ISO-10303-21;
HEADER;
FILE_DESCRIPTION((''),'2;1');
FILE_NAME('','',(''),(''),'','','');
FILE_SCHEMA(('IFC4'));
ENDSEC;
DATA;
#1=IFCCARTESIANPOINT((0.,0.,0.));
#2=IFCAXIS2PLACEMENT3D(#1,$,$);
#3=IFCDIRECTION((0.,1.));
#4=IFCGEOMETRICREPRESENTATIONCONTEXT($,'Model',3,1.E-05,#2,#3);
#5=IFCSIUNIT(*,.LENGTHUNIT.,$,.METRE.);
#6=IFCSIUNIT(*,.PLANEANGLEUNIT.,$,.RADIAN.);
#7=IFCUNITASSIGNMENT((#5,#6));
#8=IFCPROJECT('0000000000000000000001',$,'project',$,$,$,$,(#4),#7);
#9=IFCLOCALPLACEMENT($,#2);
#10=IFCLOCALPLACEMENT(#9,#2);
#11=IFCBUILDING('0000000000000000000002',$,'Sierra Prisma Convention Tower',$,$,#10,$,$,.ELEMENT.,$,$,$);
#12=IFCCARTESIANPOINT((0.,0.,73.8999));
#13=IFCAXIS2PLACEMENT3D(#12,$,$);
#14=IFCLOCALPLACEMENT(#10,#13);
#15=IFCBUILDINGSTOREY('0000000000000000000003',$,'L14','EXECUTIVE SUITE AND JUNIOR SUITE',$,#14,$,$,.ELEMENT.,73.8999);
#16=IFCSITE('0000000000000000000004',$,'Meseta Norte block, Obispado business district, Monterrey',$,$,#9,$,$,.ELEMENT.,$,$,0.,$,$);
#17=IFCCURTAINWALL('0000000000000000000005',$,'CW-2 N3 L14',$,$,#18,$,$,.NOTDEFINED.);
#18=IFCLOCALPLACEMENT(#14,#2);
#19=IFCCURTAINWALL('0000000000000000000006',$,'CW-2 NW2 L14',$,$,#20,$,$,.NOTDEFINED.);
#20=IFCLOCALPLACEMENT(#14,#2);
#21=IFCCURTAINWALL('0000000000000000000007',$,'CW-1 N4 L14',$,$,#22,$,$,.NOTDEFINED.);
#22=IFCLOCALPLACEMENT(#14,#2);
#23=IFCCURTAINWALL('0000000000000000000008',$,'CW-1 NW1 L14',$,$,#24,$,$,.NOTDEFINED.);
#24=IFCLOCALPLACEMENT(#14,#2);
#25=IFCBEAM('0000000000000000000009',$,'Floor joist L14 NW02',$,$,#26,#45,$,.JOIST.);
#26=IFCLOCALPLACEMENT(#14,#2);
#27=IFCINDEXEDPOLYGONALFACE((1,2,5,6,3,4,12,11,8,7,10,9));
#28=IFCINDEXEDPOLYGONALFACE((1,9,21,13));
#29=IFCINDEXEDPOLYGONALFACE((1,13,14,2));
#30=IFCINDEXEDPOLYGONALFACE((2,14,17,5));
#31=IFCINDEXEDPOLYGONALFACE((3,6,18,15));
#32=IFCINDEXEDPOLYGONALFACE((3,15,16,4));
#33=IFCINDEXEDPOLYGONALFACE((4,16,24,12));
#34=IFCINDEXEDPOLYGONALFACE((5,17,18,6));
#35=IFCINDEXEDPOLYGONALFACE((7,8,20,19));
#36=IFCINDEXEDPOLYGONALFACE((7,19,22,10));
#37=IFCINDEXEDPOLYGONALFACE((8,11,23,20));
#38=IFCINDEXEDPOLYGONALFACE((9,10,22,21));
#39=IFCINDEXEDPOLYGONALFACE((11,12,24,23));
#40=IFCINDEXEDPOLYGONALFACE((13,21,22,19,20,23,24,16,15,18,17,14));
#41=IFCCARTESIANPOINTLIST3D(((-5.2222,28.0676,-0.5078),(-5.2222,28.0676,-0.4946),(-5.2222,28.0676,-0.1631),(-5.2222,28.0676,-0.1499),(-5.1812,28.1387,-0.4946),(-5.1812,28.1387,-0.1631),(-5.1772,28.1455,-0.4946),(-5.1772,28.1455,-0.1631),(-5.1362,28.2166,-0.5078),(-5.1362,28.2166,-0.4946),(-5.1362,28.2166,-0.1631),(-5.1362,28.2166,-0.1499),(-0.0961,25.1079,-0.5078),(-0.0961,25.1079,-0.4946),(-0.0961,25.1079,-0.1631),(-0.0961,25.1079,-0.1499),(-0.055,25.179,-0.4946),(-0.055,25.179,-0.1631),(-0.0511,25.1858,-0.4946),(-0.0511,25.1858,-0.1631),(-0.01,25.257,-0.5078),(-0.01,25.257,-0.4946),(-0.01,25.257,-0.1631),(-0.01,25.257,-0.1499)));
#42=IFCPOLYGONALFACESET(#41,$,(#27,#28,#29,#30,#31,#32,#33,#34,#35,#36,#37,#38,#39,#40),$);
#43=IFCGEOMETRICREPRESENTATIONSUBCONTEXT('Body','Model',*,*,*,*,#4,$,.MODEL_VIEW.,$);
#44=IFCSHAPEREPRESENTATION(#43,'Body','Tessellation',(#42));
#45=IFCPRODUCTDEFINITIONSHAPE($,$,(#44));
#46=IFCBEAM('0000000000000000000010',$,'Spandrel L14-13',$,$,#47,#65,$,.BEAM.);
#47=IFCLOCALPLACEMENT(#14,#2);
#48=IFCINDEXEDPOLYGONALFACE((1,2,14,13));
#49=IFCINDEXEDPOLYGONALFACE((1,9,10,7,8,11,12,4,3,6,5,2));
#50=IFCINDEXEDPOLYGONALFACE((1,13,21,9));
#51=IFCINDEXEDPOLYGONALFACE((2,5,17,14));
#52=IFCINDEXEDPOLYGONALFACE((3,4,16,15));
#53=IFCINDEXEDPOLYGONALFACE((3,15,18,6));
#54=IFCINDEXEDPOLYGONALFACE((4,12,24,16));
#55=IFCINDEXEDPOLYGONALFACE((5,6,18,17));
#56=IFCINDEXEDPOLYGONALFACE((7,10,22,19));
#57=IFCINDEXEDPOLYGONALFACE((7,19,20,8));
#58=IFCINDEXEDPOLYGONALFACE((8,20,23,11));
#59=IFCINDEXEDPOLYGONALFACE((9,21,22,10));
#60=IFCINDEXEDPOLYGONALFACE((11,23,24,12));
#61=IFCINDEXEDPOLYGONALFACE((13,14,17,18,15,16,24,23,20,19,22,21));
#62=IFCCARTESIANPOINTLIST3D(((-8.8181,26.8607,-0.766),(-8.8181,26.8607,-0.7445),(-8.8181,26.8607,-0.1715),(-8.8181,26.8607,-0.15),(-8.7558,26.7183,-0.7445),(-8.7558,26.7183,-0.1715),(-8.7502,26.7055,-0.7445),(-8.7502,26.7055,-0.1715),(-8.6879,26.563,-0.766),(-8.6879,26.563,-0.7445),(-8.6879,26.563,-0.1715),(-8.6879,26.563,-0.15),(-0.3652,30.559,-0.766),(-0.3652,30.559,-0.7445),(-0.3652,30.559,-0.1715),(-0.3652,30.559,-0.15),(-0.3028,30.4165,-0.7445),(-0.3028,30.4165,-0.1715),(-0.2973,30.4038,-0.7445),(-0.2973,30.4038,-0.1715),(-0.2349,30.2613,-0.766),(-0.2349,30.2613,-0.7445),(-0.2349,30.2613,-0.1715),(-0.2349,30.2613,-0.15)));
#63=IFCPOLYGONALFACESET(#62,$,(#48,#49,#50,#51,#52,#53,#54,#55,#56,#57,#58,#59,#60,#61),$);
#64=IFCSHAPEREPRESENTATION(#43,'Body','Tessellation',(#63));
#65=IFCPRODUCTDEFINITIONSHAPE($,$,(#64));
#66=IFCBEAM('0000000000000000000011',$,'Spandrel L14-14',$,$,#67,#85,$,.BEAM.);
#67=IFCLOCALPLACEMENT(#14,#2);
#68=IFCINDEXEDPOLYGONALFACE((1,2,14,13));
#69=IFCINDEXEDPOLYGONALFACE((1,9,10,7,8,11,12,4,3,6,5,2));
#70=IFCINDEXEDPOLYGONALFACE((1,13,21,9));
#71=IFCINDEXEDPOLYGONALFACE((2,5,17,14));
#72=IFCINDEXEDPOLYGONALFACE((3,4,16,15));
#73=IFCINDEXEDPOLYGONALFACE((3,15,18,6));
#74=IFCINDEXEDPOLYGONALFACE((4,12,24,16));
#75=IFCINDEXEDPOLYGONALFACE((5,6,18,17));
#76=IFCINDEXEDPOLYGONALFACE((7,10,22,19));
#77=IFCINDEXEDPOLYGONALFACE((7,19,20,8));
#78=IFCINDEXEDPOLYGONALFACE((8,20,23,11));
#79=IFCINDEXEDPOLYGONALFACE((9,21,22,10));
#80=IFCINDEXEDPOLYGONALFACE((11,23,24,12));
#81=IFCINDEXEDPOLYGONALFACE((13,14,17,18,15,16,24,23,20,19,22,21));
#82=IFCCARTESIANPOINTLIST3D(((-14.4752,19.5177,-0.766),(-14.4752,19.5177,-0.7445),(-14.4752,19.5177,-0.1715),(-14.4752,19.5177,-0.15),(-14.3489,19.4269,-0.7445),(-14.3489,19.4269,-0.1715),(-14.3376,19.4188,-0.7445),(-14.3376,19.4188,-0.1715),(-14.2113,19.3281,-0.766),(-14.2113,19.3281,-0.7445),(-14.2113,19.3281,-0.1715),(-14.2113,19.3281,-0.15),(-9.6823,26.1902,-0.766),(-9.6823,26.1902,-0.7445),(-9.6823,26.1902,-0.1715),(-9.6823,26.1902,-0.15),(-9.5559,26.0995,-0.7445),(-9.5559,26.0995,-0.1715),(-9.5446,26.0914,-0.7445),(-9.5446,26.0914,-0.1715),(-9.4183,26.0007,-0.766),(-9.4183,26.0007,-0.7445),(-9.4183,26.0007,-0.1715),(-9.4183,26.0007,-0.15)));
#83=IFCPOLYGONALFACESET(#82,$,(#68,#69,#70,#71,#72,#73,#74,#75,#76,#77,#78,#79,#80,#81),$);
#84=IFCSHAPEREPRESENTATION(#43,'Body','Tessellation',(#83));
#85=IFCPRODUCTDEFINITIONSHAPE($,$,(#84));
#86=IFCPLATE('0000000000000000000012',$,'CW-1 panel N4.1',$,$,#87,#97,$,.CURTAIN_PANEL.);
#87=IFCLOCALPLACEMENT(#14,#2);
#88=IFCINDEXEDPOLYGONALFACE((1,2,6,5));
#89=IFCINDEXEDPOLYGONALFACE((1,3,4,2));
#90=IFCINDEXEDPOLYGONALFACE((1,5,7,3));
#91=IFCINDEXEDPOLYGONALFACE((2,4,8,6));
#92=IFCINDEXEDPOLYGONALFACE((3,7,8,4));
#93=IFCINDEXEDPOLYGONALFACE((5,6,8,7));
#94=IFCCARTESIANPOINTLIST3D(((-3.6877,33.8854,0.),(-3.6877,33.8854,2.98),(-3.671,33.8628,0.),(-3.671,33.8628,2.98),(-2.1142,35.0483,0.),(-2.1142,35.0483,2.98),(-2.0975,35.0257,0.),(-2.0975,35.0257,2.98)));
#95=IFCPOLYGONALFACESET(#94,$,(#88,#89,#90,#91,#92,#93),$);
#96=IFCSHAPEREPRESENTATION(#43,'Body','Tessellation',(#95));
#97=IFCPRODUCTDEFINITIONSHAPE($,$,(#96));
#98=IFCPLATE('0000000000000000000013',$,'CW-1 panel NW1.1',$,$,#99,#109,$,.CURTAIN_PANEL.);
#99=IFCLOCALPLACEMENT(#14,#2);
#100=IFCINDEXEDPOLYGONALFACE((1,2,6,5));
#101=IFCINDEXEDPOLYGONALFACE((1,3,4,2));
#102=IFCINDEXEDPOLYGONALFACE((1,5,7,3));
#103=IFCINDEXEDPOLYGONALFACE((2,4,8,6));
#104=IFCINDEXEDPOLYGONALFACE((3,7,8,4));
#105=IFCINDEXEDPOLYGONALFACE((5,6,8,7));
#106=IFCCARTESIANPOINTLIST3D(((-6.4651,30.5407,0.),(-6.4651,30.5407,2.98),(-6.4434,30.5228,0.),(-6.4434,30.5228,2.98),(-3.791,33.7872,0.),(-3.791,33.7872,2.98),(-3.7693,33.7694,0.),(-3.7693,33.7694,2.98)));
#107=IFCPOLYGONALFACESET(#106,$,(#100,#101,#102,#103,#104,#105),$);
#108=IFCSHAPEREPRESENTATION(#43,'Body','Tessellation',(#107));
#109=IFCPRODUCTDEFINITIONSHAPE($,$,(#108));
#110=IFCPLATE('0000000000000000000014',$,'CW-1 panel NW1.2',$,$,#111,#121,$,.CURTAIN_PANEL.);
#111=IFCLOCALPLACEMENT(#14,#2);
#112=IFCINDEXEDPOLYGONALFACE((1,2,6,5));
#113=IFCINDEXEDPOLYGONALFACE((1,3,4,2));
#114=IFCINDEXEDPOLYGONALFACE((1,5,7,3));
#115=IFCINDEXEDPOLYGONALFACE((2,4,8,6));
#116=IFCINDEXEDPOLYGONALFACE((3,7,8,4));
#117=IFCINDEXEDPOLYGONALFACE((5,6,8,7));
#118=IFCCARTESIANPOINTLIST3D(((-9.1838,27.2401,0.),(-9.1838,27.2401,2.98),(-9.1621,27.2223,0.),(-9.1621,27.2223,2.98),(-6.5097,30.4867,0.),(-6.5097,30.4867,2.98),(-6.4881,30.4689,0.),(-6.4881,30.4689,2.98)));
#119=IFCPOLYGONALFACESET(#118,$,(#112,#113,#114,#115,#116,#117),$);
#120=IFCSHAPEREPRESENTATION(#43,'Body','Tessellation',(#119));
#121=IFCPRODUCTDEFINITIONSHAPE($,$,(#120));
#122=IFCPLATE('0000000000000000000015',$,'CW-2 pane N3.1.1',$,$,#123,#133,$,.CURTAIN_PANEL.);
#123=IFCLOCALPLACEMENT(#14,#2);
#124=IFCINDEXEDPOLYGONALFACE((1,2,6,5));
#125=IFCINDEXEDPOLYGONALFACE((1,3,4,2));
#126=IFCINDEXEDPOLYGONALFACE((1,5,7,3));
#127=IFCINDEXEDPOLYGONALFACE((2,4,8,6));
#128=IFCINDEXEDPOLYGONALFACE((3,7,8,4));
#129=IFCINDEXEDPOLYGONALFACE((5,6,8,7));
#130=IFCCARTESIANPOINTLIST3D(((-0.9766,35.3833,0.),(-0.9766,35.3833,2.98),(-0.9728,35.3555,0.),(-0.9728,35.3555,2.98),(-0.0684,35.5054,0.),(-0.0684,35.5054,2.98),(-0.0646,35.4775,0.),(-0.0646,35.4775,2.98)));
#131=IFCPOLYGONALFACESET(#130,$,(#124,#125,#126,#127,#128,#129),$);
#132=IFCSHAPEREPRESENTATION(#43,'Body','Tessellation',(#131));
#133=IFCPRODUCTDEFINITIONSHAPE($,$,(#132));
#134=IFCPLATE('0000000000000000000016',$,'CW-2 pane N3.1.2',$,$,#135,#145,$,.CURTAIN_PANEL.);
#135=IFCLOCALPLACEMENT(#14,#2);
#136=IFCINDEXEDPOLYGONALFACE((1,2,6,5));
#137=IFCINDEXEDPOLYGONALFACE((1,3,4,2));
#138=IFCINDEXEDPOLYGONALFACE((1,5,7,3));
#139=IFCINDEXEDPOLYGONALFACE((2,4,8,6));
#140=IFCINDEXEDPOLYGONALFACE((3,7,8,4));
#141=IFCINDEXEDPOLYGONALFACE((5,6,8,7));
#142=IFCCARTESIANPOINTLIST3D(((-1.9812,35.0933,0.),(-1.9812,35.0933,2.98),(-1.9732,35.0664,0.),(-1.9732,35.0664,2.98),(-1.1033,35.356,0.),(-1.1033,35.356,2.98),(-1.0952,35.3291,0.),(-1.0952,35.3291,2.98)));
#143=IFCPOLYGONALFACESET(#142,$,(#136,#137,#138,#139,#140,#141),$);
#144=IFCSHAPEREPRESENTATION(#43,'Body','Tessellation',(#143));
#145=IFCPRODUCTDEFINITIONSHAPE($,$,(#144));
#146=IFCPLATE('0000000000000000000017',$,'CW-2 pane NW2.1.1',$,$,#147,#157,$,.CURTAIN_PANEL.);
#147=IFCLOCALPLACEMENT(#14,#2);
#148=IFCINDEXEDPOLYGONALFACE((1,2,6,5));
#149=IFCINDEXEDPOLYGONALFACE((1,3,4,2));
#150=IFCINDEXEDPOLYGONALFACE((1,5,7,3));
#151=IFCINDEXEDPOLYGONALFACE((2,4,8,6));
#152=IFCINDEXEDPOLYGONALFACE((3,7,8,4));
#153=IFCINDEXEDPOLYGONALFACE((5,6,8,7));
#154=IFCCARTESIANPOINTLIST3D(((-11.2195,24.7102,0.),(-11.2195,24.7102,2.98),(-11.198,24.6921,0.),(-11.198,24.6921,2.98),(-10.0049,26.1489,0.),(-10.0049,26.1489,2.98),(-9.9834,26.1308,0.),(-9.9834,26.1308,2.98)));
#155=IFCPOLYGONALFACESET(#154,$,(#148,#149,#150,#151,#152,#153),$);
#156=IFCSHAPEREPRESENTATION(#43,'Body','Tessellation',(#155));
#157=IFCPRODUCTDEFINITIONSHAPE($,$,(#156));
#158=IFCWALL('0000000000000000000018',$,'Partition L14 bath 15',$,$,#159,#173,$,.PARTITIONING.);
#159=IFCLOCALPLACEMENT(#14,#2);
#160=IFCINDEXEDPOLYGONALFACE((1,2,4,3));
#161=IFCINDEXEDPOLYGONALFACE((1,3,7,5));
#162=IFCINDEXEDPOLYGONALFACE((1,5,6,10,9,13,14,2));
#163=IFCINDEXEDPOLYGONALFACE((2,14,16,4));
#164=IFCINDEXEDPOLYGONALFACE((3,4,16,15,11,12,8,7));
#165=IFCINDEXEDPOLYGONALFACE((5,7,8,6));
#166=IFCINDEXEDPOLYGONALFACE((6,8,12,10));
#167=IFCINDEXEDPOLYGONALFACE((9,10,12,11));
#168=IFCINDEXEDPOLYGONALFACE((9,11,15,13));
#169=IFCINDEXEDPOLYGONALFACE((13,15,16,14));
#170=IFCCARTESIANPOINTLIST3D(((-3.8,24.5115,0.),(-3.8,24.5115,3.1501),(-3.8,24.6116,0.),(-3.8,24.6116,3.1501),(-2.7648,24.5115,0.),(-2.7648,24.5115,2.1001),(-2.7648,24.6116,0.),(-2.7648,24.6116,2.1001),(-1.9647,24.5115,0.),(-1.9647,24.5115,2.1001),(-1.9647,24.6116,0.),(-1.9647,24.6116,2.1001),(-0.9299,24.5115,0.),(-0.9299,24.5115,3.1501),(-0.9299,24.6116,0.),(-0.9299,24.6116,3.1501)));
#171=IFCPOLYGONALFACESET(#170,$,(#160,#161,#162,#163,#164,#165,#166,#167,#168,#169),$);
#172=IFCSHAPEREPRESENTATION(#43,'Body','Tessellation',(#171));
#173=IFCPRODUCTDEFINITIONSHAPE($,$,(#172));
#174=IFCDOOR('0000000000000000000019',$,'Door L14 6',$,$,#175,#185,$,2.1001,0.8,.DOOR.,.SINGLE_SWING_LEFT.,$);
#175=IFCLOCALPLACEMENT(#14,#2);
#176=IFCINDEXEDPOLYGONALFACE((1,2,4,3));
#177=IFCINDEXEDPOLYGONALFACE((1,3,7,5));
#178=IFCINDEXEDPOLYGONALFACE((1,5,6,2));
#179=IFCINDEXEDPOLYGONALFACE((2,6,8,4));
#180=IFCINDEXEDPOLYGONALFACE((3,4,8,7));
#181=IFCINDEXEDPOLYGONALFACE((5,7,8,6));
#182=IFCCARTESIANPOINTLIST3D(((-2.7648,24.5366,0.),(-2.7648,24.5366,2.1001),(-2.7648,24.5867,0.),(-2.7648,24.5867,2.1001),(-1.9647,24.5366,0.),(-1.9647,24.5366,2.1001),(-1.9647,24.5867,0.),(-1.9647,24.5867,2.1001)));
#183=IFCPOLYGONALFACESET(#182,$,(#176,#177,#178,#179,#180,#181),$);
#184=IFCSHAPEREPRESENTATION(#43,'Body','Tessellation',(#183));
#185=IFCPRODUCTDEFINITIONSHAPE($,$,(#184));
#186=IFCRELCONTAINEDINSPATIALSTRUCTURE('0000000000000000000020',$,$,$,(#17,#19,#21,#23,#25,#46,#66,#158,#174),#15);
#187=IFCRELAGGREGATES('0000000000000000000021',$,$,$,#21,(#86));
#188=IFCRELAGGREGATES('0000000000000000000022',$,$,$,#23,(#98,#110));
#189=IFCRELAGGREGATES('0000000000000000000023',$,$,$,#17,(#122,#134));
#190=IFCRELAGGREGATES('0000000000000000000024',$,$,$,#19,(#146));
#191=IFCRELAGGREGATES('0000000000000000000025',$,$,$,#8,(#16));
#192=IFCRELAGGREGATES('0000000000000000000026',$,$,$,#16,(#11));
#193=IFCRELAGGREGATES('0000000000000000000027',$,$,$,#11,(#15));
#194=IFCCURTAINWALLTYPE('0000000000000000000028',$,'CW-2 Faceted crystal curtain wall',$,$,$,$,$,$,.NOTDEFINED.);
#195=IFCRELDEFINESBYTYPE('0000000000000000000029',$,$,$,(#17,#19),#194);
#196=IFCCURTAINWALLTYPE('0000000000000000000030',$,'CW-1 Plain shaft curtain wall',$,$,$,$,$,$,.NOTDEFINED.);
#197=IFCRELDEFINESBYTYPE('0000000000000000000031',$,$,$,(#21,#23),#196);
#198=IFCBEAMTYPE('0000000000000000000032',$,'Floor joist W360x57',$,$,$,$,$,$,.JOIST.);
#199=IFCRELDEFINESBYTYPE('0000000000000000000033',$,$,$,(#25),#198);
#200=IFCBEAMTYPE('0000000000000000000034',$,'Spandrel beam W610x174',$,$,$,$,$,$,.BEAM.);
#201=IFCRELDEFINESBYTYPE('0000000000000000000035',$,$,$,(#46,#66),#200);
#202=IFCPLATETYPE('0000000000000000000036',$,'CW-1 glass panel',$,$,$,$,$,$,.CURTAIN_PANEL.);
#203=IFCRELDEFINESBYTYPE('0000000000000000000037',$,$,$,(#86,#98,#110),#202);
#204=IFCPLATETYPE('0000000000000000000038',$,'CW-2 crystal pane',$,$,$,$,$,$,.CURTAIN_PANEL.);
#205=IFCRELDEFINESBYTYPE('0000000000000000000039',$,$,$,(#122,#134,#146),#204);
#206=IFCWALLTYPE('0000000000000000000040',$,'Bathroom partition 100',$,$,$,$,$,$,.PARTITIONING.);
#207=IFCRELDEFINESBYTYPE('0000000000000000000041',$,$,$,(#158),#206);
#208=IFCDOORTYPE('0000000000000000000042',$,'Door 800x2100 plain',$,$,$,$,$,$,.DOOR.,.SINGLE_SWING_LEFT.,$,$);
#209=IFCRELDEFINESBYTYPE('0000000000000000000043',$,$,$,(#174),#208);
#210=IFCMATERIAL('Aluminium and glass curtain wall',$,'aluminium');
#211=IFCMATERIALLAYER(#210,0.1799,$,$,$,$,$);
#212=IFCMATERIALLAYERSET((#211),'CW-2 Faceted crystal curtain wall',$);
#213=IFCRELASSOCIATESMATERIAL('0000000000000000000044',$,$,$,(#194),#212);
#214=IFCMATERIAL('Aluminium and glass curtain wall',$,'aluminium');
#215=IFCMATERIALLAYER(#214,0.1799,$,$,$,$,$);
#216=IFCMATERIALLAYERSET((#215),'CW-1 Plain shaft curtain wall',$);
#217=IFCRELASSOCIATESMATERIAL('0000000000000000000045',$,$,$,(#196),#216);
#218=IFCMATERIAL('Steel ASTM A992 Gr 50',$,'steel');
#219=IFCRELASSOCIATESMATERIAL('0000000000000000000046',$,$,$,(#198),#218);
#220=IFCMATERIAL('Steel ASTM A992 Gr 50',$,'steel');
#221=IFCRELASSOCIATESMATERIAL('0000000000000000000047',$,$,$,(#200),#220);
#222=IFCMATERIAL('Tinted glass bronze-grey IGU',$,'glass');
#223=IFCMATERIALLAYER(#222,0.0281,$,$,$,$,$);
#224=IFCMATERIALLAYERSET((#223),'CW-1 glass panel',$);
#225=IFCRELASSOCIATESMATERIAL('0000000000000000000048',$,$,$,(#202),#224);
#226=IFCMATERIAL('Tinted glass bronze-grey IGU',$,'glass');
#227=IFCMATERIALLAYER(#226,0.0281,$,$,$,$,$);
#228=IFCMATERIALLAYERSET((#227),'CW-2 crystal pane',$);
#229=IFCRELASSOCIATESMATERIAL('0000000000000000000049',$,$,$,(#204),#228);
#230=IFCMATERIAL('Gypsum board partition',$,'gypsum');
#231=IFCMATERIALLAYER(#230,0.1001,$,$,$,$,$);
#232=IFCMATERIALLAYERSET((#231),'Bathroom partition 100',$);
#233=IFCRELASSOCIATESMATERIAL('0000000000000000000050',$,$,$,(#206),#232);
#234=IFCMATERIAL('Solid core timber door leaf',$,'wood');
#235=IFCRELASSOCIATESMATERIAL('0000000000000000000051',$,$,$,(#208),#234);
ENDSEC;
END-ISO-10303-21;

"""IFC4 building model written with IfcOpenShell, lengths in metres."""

from ifc_helpers import new_model, si_unit, direction, frame, frame_2d, origin, origin_2d, place, context, subcontext, project, spatial, polyline, rectangle, i_section, outline, extrude, material, layer, layer_set, material_profile, profile_set, type_object, element, fill, aggregate, save


model = new_model("IFC4")

# Units and contexts
model_context = context("Model", 3, precision=1e-05, world=origin(), true_north=direction((0.0, 1.0)))
body_context = subcontext(model_context, "Body", "Model", "MODEL_VIEW")
ifc_project = project(units=[si_unit("LENGTHUNIT", "METRE"), si_unit("PLANEANGLEUNIT", "RADIAN")], contexts=[model_context])

# Site, building, storey
site_placement = place(None, origin())
site = spatial("IfcSite", under=ifc_project, at=site_placement, Name="Meseta Norte block, Obispado business district, Monterrey", CompositionType="ELEMENT", RefElevation=0.0)
building_placement = place(site_placement, origin())
building = spatial("IfcBuilding", under=site, at=building_placement, Name="Sierra Prisma Convention Tower", CompositionType="ELEMENT")
storey_placement = place(building_placement, frame((0.0, 0.0, 73.8999)))
storey = spatial("IfcBuildingStorey", under=building, at=storey_placement, Name="L14", Description="EXECUTIVE SUITE AND JUNIOR SUITE", CompositionType="ELEMENT", Elevation=73.8999)

# Curtain walls
ifc_material_1 = material(Name="Aluminium and glass curtain wall", Category="aluminium")
ifc_layer_1 = layer(ifc_material_1, 0.1799)
ifc_layer_set_1 = layer_set([ifc_layer_1], Name="CW-2 Faceted crystal curtain wall")
curtain_wall_type_1 = type_object("IfcCurtainWallType", Name="CW-2 Faceted crystal curtain wall", PredefinedType="NOTDEFINED", material=ifc_layer_set_1)
curtain_wall_1_placement = place(storey_placement, origin())
curtain_wall_1 = element("IfcCurtainWall", 1, at=curtain_wall_1_placement, inside=storey, type_object=curtain_wall_type_1, Name="CW-2 N3 L14", PredefinedType="NOTDEFINED")
curtain_wall_2_placement = place(storey_placement, origin())
curtain_wall_2 = element("IfcCurtainWall", 2, at=curtain_wall_2_placement, inside=storey, type_object=curtain_wall_type_1, Name="CW-2 NW2 L14", PredefinedType="NOTDEFINED")

# Curtain wall
ifc_material_2 = material(Name="Aluminium and glass curtain wall", Category="aluminium")
ifc_layer_2 = layer(ifc_material_2, 0.1799)
ifc_layer_set_2 = layer_set([ifc_layer_2], Name="CW-1 Plain shaft curtain wall")
curtain_wall_type_2 = type_object("IfcCurtainWallType", Name="CW-1 Plain shaft curtain wall", PredefinedType="NOTDEFINED", material=ifc_layer_set_2)
curtain_wall_3_placement = place(storey_placement, origin())
curtain_wall_3 = element("IfcCurtainWall", 3, at=curtain_wall_3_placement, inside=storey, type_object=curtain_wall_type_2, Name="CW-1 N4 L14", PredefinedType="NOTDEFINED")

# Curtain wall
curtain_wall_4_placement = place(storey_placement, origin())
curtain_wall_4 = element("IfcCurtainWall", 4, at=curtain_wall_4_placement, inside=storey, type_object=curtain_wall_type_2, Name="CW-1 NW1 L14", PredefinedType="NOTDEFINED")

# Beams
ifc_material_3 = material(Name="Steel ASTM A992 Gr 50", Category="steel")
ifc_material_profile_1 = material_profile(ifc_material_3, i_section(OverallWidth=0.1721, OverallDepth=0.3579, WebThickness=0.0078, FlangeThickness=0.0132, at=origin_2d()), Name="W360x57")
ifc_profile_set_1 = profile_set([ifc_material_profile_1], Name="Steel ASTM A992 Gr 50")
beam_type_1 = type_object("IfcBeamType", Name="Floor joist W360x57", PredefinedType="JOIST", material=ifc_profile_set_1)
beam_1_placement = place(storey_placement, frame((-5.1792, 28.1421, -0.3289), z_axis=(0.866019, -0.500012, 0.0), x_axis=(0.500012, 0.866019, 0.0)))
element("IfcBeam", 5, at=beam_1_placement, inside=storey, type_object=beam_type_1, Name="Floor joist L14 NW02", PredefinedType="JOIST", context=body_context, shape_type="SweptSolid", body=[
    extrude(i_section(OverallWidth=0.1721, OverallDepth=0.3579, WebThickness=0.0078, FlangeThickness=0.0132, at=origin_2d()), origin(), (0.0, 0.0, 1.0), 5.9192),
])
ifc_material_4 = material(Name="Steel ASTM A992 Gr 50", Category="steel")
ifc_material_profile_2 = material_profile(ifc_material_4, i_section(OverallWidth=0.325, OverallDepth=0.616, WebThickness=0.0139, FlangeThickness=0.0215, at=origin_2d()), Name="W610x174")
ifc_profile_set_2 = profile_set([ifc_material_profile_2], Name="Steel ASTM A992 Gr 50")
beam_type_2 = type_object("IfcBeamType", Name="Spandrel beam W610x174", PredefinedType="BEAM", material=ifc_profile_set_2)
beam_2_placement = place(storey_placement, frame((-0.3, 30.4102, -0.458), z_axis=(-0.916153, -0.400829, 0.0), x_axis=(0.400829, -0.916153, 0.0)))
element("IfcBeam", 6, at=beam_2_placement, inside=storey, type_object=beam_type_2, Name="Spandrel L14-13", PredefinedType="BEAM", context=body_context, shape_type="SweptSolid", body=[
    extrude(i_section(OverallWidth=0.325, OverallDepth=0.616, WebThickness=0.0139, FlangeThickness=0.0215, at=origin_2d()), origin(), (0.0, 0.0, 1.0), 9.2266),
])
beam_3_placement = place(storey_placement, frame((-9.5503, 26.0955, -0.458), z_axis=(-0.583398, -0.812187, 0.0), x_axis=(0.812187, -0.583398, 0.0)))
element("IfcBeam", 7, at=beam_3_placement, inside=storey, type_object=beam_type_2, Name="Spandrel L14-14", PredefinedType="BEAM", context=body_context, shape_type="SweptSolid", body=[
    extrude(i_section(OverallWidth=0.325, OverallDepth=0.616, WebThickness=0.0139, FlangeThickness=0.0215, at=origin_2d()), origin(), (0.0, 0.0, 1.0), 8.2156),
])

# Plates
ifc_material_5 = material(Name="Tinted glass bronze-grey IGU", Category="glass")
ifc_layer_3 = layer(ifc_material_5, 0.0281)
ifc_layer_set_3 = layer_set([ifc_layer_3], Name="CW-1 glass panel")
plate_type_1 = type_object("IfcPlateType", Name="CW-1 glass panel", PredefinedType="CURTAIN_PANEL", material=ifc_layer_set_3)
plate_1_placement = place(storey_placement, frame((-2.8926, 34.4556, 0.0), z_axis=(0.0, 0.0, 1.0), x_axis=(-0.804207, -0.594349, 0.0)))
plate_1 = element("IfcPlate", 8, at=plate_1_placement, type_object=plate_type_1, Name="CW-1 panel N4.1", PredefinedType="CURTAIN_PANEL", context=body_context, shape_type="SweptSolid", body=[
    extrude(rectangle(XDim=1.9565, YDim=0.0281, at=origin_2d()), origin(), (0.0, 0.0, 1.0), 2.98),
])
aggregate(curtain_wall_3, [plate_1])
plate_2_placement = place(storey_placement, frame((-5.1172, 32.155, 0.0), z_axis=(0.0, 0.0, 1.0), x_axis=(-0.635768, -0.771881, 0.0)))
plate_2 = element("IfcPlate", 9, at=plate_2_placement, type_object=plate_type_1, Name="CW-1 panel NW1.1", PredefinedType="CURTAIN_PANEL", context=body_context, shape_type="SweptSolid", body=[
    extrude(rectangle(XDim=4.2061, YDim=0.0281, at=origin_2d()), origin(), (0.0, 0.0, 1.0), 2.98),
])
plate_3_placement = place(storey_placement, frame((-7.8359, 28.8545, 0.0), z_axis=(0.0, 0.0, 1.0), x_axis=(-0.635768, -0.771881, 0.0)))
plate_3 = element("IfcPlate", 10, at=plate_3_placement, type_object=plate_type_1, Name="CW-1 panel NW1.2", PredefinedType="CURTAIN_PANEL", context=body_context, shape_type="SweptSolid", body=[
    extrude(rectangle(XDim=4.2061, YDim=0.0281, at=origin_2d()), origin(), (0.0, 0.0, 1.0), 2.98),
])
aggregate(curtain_wall_4, [plate_2, plate_3])
ifc_material_6 = material(Name="Tinted glass bronze-grey IGU", Category="glass")
ifc_layer_4 = layer(ifc_material_6, 0.0281)
ifc_layer_set_4 = layer_set([ifc_layer_4], Name="CW-2 crystal pane")
plate_type_2 = type_object("IfcPlateType", Name="CW-2 crystal pane", PredefinedType="CURTAIN_PANEL", material=ifc_layer_set_4)
plate_4_placement = place(storey_placement, frame((-0.0684, 35.5054, 0.0), z_axis=(-0.133211, 0.991088, 0.0), x_axis=(-0.991088, -0.133211, 0.0)))
plate_4 = element("IfcPlate", 11, at=plate_4_placement, type_object=plate_type_2, Name="CW-2 pane N3.1.1", PredefinedType="CURTAIN_PANEL", context=body_context, shape_type="SweptSolid", body=[
    extrude(outline(polyline([(0.0, 0.0), (0.9164, 0.0), (0.9164, 2.98), (0.0, 2.98), (0.0, 0.0)])), origin(), (0.0, 0.0, -1.0), 0.0281),
])
plate_5_placement = place(storey_placement, frame((-1.9812, 35.0933, 0.0), z_axis=(-0.286663, 0.958031, 0.0), x_axis=(0.958031, 0.286663, 0.0)))
plate_5 = element("IfcPlate", 12, at=plate_5_placement, type_object=plate_type_2, Name="CW-2 pane N3.1.2", PredefinedType="CURTAIN_PANEL", context=body_context, shape_type="SweptSolid", body=[
    extrude(outline(polyline([(0.0, 0.0), (0.9164, 0.0), (0.9164, -2.98), (0.0, -2.98), (0.0, 0.0)])), origin(), (0.0, 0.0, -1.0), 0.0281),
])
aggregate(curtain_wall_1, [plate_4, plate_5])
plate_6_placement = place(storey_placement, frame((-10.0049, 26.1489, 0.0), z_axis=(-0.764114, 0.645082, 0.0), x_axis=(-0.645082, -0.764114, 0.0)))
plate_6 = element("IfcPlate", 13, at=plate_6_placement, type_object=plate_type_2, Name="CW-2 pane NW2.1.1", PredefinedType="CURTAIN_PANEL", context=body_context, shape_type="SweptSolid", body=[
    extrude(outline(polyline([(0.0, 0.0), (1.8829, 0.0), (1.8829, 2.98), (0.0, 2.98), (0.0, 0.0)])), origin(), (0.0, 0.0, -1.0), 0.0281),
])
aggregate(curtain_wall_2, [plate_6])

# Wall, opening, door
ifc_material_7 = material(Name="Gypsum board partition", Category="gypsum")
ifc_layer_5 = layer(ifc_material_7, 0.1001)
ifc_layer_set_5 = layer_set([ifc_layer_5], Name="Bathroom partition 100")
wall_type_1 = type_object("IfcWallType", Name="Bathroom partition 100", PredefinedType="PARTITIONING", material=ifc_layer_set_5)
wall_1_placement = place(storey_placement, frame((-0.9299, 24.5615, 0.0), z_axis=(0.0, 0.0, 1.0), x_axis=(-1.0, 0.0, 0.0)))
wall_1 = element("IfcWall", 14, at=wall_1_placement, inside=storey, type_object=wall_type_1, Name="Partition L14 bath 15", PredefinedType="PARTITIONING", context=body_context, shape_type="SweptSolid", body=[
    extrude(rectangle(XDim=2.8701, YDim=0.1001, at=frame_2d((1.4351, 0.0))), origin(), (0.0, 0.0, 1.0), 3.1501),
])
opening_1_placement = place(wall_1_placement, frame((1.0349, 0.0, 0.0)))
opening_1 = element("IfcOpeningElement", 15, at=opening_1_placement, cuts=wall_1, PredefinedType="OPENING", context=body_context, shape_type="SweptSolid", body=[
    extrude(rectangle(XDim=0.8, YDim=2.1001, at=frame_2d((0.3999, 1.05))), frame((0.0, 0.05, 0.0), z_axis=(0.0, -1.0, 0.0), x_axis=(1.0, 0.0, 0.0)), (0.0, 0.0, 1.0), 0.1001),
])
ifc_material_8 = material(Name="Solid core timber door leaf", Category="wood")
door_type_1 = type_object("IfcDoorType", Name="Door 800x2100 plain", OperationType="SINGLE_SWING_LEFT", PredefinedType="DOOR", material=ifc_material_8)
door_1_placement = place(opening_1_placement, origin())
door_1 = element("IfcDoor", 16, at=door_1_placement, inside=storey, type_object=door_type_1, Name="Door L14 6", OperationType="SINGLE_SWING_LEFT", OverallHeight=2.1001, OverallWidth=0.8, PredefinedType="DOOR", context=body_context, shape_type="SweptSolid", body=[
    extrude(rectangle(XDim=0.8, YDim=2.1001, at=frame_2d((0.3999, 1.05))), frame((0.0, 0.0249, 0.0), z_axis=(0.0, -1.0, 0.0), x_axis=(1.0, 0.0, 0.0)), (0.0, 0.0, 1.0), 0.05),
])
fill(opening_1, door_1)

save(model, "model.ifc")
